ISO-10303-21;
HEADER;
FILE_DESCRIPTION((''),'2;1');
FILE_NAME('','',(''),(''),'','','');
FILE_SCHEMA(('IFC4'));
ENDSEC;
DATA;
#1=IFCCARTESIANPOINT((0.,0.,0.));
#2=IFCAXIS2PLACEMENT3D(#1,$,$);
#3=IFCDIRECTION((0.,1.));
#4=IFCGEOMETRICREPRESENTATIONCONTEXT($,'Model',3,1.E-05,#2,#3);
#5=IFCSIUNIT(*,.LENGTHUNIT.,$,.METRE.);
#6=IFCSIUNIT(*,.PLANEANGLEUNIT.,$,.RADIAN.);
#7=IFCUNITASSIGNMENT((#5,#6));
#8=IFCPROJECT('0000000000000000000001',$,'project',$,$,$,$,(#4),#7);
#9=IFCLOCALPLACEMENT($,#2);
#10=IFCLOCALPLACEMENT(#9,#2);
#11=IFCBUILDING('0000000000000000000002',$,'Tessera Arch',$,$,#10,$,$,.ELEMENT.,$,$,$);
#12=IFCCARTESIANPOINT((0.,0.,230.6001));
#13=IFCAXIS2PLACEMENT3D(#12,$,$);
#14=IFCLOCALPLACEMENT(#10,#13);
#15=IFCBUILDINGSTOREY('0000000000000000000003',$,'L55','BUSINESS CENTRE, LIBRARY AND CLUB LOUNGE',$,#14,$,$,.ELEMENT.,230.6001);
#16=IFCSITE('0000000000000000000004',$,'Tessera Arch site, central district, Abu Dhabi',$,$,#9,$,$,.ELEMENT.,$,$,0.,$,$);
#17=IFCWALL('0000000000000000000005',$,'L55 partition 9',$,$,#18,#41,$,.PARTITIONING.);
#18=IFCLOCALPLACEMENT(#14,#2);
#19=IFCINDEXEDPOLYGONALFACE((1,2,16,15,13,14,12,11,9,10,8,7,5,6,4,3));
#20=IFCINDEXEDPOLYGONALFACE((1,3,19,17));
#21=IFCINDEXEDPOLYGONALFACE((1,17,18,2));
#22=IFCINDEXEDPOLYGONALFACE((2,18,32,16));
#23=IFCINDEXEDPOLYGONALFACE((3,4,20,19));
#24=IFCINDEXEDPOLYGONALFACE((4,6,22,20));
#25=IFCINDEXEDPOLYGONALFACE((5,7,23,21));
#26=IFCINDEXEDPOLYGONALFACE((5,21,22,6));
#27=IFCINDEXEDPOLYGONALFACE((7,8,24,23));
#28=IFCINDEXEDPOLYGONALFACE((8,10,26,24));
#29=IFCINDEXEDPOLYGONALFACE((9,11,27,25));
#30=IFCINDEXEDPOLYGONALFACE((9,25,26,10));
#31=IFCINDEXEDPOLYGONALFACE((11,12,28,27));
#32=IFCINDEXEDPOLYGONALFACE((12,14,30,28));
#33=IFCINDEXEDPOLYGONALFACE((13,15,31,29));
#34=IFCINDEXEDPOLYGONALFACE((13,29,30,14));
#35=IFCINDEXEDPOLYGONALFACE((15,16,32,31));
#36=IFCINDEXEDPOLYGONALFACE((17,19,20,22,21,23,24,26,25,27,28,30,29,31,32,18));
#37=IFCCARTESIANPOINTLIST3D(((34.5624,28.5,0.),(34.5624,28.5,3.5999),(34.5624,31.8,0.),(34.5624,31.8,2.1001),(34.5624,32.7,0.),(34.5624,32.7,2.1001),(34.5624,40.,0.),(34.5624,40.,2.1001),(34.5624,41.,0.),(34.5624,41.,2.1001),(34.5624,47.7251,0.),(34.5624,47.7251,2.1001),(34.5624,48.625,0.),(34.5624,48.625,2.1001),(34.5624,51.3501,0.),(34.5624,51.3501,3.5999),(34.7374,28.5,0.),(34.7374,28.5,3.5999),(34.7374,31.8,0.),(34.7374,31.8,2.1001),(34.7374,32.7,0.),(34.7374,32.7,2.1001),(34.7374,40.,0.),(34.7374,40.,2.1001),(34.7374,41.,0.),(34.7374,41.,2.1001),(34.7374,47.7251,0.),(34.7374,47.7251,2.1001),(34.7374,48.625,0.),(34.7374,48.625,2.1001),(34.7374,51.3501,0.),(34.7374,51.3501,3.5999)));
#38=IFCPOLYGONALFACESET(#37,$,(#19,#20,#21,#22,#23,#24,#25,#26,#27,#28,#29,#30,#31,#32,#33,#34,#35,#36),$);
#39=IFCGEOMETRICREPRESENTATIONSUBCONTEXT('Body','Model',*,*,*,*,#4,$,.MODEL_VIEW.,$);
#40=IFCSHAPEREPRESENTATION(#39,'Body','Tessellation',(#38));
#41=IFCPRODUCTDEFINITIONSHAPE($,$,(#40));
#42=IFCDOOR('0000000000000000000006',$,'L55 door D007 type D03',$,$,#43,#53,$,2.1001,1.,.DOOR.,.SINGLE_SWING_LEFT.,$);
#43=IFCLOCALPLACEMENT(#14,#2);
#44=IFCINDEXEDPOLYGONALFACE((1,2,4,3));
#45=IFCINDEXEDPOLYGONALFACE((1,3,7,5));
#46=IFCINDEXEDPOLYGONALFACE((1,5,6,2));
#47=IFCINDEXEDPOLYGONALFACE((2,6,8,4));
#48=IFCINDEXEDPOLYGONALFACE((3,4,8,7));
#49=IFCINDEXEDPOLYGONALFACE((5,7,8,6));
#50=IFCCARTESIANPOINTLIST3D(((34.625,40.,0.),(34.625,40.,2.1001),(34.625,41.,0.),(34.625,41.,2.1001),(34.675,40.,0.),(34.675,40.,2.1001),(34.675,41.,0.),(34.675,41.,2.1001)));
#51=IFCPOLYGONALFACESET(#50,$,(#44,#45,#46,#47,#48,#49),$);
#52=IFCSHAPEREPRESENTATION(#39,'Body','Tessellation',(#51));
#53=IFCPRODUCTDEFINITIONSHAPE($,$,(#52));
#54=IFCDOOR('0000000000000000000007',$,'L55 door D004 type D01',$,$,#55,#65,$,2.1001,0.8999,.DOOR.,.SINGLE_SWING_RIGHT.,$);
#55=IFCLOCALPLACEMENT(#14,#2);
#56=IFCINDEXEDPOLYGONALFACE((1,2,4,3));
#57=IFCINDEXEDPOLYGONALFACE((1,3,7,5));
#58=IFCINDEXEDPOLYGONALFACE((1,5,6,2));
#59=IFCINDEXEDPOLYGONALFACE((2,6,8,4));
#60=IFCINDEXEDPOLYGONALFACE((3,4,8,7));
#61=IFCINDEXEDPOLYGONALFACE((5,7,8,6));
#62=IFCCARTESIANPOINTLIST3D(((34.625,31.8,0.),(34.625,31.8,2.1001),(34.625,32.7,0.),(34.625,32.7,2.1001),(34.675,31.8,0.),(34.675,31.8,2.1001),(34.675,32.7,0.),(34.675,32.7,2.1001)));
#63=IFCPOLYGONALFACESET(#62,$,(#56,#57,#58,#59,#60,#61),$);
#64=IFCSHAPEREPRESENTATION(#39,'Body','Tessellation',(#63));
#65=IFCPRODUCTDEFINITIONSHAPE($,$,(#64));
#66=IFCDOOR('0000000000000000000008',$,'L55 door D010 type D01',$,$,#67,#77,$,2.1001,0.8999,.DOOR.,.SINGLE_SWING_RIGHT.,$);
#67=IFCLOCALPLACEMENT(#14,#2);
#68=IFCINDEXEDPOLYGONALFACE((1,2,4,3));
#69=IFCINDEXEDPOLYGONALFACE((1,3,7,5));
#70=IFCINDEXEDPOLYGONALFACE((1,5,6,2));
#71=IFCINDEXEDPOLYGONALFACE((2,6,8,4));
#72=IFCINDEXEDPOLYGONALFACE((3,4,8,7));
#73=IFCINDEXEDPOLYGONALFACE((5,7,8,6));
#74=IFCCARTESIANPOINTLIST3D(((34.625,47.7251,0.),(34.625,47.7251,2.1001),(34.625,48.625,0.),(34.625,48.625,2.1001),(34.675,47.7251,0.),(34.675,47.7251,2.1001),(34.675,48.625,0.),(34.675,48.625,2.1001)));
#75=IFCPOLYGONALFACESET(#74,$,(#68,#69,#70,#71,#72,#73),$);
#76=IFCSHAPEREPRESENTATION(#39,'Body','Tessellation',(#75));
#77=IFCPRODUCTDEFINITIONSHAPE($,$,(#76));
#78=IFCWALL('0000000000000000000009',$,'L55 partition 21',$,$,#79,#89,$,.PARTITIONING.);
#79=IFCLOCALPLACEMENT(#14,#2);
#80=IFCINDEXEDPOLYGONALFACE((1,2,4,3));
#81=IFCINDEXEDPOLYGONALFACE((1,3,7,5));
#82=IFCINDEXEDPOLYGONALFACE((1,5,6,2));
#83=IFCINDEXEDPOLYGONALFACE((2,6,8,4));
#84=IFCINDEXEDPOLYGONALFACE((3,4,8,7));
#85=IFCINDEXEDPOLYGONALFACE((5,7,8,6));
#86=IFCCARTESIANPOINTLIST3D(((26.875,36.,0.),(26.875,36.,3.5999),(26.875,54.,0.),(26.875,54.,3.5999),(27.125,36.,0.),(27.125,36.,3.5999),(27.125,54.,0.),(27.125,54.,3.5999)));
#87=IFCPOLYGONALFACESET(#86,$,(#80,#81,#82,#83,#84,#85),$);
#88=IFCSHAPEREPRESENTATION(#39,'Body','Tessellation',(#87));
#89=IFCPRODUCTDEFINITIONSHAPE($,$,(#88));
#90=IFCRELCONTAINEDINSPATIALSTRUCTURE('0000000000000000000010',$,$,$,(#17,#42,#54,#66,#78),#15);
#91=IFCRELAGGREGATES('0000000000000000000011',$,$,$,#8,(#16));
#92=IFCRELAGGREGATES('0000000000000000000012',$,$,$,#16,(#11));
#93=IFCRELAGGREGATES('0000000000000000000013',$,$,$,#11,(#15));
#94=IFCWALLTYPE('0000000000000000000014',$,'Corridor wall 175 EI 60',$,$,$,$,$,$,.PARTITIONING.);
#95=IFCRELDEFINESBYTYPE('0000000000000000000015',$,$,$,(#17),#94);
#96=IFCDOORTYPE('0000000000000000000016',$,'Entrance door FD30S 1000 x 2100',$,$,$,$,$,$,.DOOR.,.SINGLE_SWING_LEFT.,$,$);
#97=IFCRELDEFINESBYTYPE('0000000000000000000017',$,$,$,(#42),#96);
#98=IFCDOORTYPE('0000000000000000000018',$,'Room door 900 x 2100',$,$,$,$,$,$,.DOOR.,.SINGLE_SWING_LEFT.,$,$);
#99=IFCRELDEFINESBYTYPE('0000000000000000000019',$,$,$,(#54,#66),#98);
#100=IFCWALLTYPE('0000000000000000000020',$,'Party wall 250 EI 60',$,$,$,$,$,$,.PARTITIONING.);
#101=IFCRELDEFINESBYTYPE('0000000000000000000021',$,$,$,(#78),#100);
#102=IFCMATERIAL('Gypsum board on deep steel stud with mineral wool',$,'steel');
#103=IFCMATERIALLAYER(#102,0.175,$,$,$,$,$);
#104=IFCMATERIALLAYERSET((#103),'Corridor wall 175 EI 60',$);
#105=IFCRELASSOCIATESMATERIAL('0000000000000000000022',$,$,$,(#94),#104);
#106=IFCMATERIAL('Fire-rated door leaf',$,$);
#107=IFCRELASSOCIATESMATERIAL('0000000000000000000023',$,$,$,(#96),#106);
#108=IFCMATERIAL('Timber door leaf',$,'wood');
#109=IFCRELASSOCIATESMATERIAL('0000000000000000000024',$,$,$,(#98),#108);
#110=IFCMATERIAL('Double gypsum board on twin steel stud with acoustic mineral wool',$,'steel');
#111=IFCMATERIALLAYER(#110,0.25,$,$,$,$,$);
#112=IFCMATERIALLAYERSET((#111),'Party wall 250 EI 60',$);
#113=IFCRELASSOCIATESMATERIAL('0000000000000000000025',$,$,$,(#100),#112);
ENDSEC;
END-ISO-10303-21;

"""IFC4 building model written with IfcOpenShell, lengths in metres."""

from ifc_helpers import new_model, si_unit, direction, frame, frame_2d, origin, place, context, subcontext, project, spatial, rectangle, extrude, material, layer, layer_set, type_object, element, fill, save


model = new_model("IFC4")

# Units and contexts
model_context = context("Model", 3, precision=1e-05, world=origin(), true_north=direction((0.0, 1.0)))
body_context = subcontext(model_context, "Body", "Model", "MODEL_VIEW")
ifc_project = project(units=[si_unit("LENGTHUNIT", "METRE"), si_unit("PLANEANGLEUNIT", "RADIAN")], contexts=[model_context])

# Site, building, storey
site_placement = place(None, origin())
site = spatial("IfcSite", under=ifc_project, at=site_placement, Name="Tessera Arch site, central district, Abu Dhabi", CompositionType="ELEMENT", RefElevation=0.0)
building_placement = place(site_placement, origin())
building = spatial("IfcBuilding", under=site, at=building_placement, Name="Tessera Arch", CompositionType="ELEMENT")
storey_placement = place(building_placement, frame((0.0, 0.0, 230.6001)))
storey = spatial("IfcBuildingStorey", under=building, at=storey_placement, Name="L55", Description="BUSINESS CENTRE, LIBRARY AND CLUB LOUNGE", CompositionType="ELEMENT", Elevation=230.6001)

# Shared definitions
ifc_material_1 = material(Name="Gypsum board on deep steel stud with mineral wool", Category="steel")
ifc_layer_1 = layer(ifc_material_1, 0.175)
ifc_layer_set_1 = layer_set([ifc_layer_1], Name="Corridor wall 175 EI 60")
wall_type_1 = type_object("IfcWallType", Name="Corridor wall 175 EI 60", PredefinedType="PARTITIONING", material=ifc_layer_set_1)

# Wall, openings, doors
wall_1_placement = place(storey_placement, frame((34.6499, 28.5, 0.0), z_axis=(0.0, 0.0, 1.0), x_axis=(0.0, 1.0, 0.0)))
wall_1 = element("IfcWall", 1, at=wall_1_placement, inside=storey, type_object=wall_type_1, Name="L55 partition 9", PredefinedType="PARTITIONING", context=body_context, shape_type="SweptSolid", body=[
    extrude(rectangle(XDim=22.8501, YDim=0.175, at=frame_2d((11.425, 0.0))), origin(), (0.0, 0.0, 1.0), 3.5999),
])
opening_1_placement = place(wall_1_placement, frame((3.3, 0.0, 0.0)))
opening_1 = element("IfcOpeningElement", 2, at=opening_1_placement, cuts=wall_1, PredefinedType="OPENING", context=body_context, shape_type="SweptSolid", body=[
    extrude(rectangle(XDim=0.8999, YDim=2.1001, at=frame_2d((0.45, 1.05))), frame((0.0, 0.0974, 0.0), z_axis=(0.0, -1.0, 0.0), x_axis=(1.0, 0.0, 0.0)), (0.0, 0.0, 1.0), 0.1951),
])
opening_2_placement = place(wall_1_placement, frame((11.5, 0.0, 0.0)))
opening_2 = element("IfcOpeningElement", 3, at=opening_2_placement, cuts=wall_1, PredefinedType="OPENING", context=body_context, shape_type="SweptSolid", body=[
    extrude(rectangle(XDim=1.0, YDim=2.1001, at=frame_2d((0.5, 1.05))), frame((0.0, 0.0974, 0.0), z_axis=(0.0, -1.0, 0.0), x_axis=(1.0, 0.0, 0.0)), (0.0, 0.0, 1.0), 0.1951),
])
opening_3_placement = place(wall_1_placement, frame((19.2251, 0.0, 0.0)))
opening_3 = element("IfcOpeningElement", 4, at=opening_3_placement, cuts=wall_1, PredefinedType="OPENING", context=body_context, shape_type="SweptSolid", body=[
    extrude(rectangle(XDim=0.8999, YDim=2.1001, at=frame_2d((0.45, 1.05))), frame((0.0, 0.0974, 0.0), z_axis=(0.0, -1.0, 0.0), x_axis=(1.0, 0.0, 0.0)), (0.0, 0.0, 1.0), 0.1951),
])
ifc_material_2 = material(Name="Fire-rated door leaf")
door_type_1 = type_object("IfcDoorType", Name="Entrance door FD30S 1000 x 2100", OperationType="SINGLE_SWING_LEFT", PredefinedType="DOOR", material=ifc_material_2)
door_1_placement = place(opening_2_placement, origin())
door_1 = element("IfcDoor", 5, at=door_1_placement, inside=storey, type_object=door_type_1, Name="L55 door D007 type D03", OperationType="SINGLE_SWING_LEFT", OverallHeight=2.1001, OverallWidth=1.0, PredefinedType="DOOR", context=body_context, shape_type="SweptSolid", body=[
    extrude(rectangle(XDim=1.0, YDim=2.1001, at=frame_2d((0.5, 1.05))), frame((0.0, 0.0249, 0.0), z_axis=(0.0, -1.0, 0.0), x_axis=(1.0, 0.0, 0.0)), (0.0, 0.0, 1.0), 0.05),
])
fill(opening_2, door_1)
ifc_material_3 = material(Name="Timber door leaf", Category="wood")
door_type_2 = type_object("IfcDoorType", Name="Room door 900 x 2100", OperationType="SINGLE_SWING_LEFT", PredefinedType="DOOR", material=ifc_material_3)
door_2_placement = place(opening_1_placement, origin())
door_2 = element("IfcDoor", 6, at=door_2_placement, inside=storey, type_object=door_type_2, Name="L55 door D004 type D01", OperationType="SINGLE_SWING_RIGHT", OverallHeight=2.1001, OverallWidth=0.8999, PredefinedType="DOOR", context=body_context, shape_type="SweptSolid", body=[
    extrude(rectangle(XDim=0.8999, YDim=2.1001, at=frame_2d((0.45, 1.05))), frame((0.0, 0.0249, 0.0), z_axis=(0.0, -1.0, 0.0), x_axis=(1.0, 0.0, 0.0)), (0.0, 0.0, 1.0), 0.05),
])
fill(opening_1, door_2)
door_3_placement = place(opening_3_placement, origin())
door_3 = element("IfcDoor", 7, at=door_3_placement, inside=storey, type_object=door_type_2, Name="L55 door D010 type D01", OperationType="SINGLE_SWING_RIGHT", OverallHeight=2.1001, OverallWidth=0.8999, PredefinedType="DOOR", context=body_context, shape_type="SweptSolid", body=[
    extrude(rectangle(XDim=0.8999, YDim=2.1001, at=frame_2d((0.45, 1.05))), frame((0.0, 0.0249, 0.0), z_axis=(0.0, -1.0, 0.0), x_axis=(1.0, 0.0, 0.0)), (0.0, 0.0, 1.0), 0.05),
])
fill(opening_3, door_3)

# Wall
ifc_material_4 = material(Name="Double gypsum board on twin steel stud with acoustic mineral wool", Category="steel")
ifc_layer_2 = layer(ifc_material_4, 0.25)
ifc_layer_set_2 = layer_set([ifc_layer_2], Name="Party wall 250 EI 60")
wall_type_2 = type_object("IfcWallType", Name="Party wall 250 EI 60", PredefinedType="PARTITIONING", material=ifc_layer_set_2)
wall_2_placement = place(storey_placement, frame((27.0, 36.0, 0.0), z_axis=(0.0, 0.0, 1.0), x_axis=(0.0, 1.0, 0.0)))
element("IfcWall", 8, at=wall_2_placement, inside=storey, type_object=wall_type_2, Name="L55 partition 21", PredefinedType="PARTITIONING", context=body_context, shape_type="SweptSolid", body=[
    extrude(rectangle(XDim=18.0, YDim=0.25, at=frame_2d((9.0, 0.0))), origin(), (0.0, 0.0, 1.0), 3.5999),
])

save(model, "model.ifc")
